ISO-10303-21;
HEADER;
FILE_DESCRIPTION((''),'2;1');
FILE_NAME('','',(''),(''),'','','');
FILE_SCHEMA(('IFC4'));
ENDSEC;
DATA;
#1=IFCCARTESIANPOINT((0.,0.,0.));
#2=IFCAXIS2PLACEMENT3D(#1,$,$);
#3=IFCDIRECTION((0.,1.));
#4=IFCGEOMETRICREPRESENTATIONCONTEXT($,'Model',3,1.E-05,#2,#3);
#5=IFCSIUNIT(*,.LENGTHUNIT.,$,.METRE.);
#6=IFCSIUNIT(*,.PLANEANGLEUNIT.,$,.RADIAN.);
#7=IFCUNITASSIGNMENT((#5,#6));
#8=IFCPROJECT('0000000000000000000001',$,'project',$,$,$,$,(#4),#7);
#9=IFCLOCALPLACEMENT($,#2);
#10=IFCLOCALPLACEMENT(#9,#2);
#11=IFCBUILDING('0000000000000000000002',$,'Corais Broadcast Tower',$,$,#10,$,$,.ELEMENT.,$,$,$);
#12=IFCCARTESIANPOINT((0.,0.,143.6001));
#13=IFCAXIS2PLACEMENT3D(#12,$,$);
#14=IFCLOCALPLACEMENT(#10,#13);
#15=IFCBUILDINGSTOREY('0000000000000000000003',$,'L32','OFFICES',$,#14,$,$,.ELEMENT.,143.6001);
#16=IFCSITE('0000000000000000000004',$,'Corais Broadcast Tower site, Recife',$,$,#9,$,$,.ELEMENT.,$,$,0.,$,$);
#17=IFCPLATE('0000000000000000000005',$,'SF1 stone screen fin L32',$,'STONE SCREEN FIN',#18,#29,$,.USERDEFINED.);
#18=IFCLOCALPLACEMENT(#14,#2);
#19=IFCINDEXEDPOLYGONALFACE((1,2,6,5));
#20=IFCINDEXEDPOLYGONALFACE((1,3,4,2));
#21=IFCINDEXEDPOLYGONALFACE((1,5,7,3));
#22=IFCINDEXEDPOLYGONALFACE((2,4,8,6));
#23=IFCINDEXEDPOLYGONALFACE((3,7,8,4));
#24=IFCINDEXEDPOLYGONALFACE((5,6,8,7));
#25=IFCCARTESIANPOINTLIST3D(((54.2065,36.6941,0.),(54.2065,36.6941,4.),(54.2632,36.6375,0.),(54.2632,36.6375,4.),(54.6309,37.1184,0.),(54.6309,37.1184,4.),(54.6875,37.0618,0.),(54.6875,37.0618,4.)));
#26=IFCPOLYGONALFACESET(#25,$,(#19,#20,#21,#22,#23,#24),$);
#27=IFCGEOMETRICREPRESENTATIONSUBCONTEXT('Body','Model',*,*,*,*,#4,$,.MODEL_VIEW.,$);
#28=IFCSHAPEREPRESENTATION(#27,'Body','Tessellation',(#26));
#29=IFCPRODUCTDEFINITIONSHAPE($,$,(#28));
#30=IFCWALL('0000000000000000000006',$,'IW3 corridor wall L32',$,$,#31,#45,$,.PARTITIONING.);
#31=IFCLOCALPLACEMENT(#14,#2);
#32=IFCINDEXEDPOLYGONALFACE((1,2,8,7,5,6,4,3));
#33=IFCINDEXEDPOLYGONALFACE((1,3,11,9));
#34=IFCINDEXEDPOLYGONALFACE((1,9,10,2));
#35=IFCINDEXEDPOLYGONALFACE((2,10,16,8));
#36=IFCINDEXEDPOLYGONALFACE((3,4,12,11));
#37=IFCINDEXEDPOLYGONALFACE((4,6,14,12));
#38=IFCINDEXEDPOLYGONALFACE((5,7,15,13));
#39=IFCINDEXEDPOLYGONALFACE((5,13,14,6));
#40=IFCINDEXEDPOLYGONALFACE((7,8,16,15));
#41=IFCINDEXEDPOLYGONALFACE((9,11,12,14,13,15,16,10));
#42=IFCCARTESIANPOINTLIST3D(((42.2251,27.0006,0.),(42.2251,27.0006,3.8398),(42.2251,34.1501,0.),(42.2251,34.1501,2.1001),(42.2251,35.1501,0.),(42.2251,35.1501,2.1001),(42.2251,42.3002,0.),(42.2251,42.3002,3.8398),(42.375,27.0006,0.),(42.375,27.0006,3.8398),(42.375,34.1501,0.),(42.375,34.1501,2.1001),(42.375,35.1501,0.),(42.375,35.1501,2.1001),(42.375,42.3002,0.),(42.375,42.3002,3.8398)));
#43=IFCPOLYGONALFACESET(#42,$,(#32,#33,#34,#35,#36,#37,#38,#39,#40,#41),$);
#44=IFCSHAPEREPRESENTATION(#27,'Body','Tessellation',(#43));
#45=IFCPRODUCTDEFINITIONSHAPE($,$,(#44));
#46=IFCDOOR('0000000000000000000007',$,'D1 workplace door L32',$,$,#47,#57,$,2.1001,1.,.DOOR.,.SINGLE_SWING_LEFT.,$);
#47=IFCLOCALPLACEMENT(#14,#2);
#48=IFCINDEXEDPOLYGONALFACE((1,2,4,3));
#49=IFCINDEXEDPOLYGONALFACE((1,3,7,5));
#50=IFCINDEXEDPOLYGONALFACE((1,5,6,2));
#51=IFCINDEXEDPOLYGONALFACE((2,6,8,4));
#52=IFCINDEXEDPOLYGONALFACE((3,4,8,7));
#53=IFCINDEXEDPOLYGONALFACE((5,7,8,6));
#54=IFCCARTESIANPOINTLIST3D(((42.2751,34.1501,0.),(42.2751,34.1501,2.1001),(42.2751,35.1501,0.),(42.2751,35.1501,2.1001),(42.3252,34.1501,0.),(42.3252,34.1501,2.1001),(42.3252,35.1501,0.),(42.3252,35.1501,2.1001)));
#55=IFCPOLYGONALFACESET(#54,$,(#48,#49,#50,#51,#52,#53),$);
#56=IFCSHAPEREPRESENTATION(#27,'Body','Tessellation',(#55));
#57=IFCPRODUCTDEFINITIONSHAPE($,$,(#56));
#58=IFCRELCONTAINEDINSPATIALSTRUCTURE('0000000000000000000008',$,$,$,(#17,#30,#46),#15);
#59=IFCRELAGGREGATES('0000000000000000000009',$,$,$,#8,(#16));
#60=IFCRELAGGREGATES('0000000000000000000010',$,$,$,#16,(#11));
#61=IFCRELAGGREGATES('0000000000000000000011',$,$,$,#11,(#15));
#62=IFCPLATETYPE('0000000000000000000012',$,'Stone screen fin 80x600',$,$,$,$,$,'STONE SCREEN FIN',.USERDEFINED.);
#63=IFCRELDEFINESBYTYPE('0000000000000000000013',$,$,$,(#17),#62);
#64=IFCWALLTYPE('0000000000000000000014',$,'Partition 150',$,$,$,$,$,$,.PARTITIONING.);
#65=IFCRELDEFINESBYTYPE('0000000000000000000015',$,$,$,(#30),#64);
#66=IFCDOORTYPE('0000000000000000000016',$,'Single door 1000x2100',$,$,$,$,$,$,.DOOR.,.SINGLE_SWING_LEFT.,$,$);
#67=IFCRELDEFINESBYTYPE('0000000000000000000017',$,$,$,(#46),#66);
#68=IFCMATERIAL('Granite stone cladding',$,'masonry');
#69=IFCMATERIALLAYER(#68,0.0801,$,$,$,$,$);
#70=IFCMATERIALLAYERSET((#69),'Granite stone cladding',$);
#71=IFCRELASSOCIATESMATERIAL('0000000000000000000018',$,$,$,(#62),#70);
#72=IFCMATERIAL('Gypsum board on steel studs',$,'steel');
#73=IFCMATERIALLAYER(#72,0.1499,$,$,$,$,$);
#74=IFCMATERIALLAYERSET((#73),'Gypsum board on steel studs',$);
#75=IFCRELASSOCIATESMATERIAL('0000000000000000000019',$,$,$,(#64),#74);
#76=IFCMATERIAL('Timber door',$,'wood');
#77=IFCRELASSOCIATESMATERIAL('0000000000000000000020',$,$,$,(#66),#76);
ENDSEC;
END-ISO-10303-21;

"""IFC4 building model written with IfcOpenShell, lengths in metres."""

from ifc_helpers import new_model, si_unit, direction, frame, frame_2d, origin, origin_2d, place, context, subcontext, project, spatial, rectangle, extrude, material, layer, layer_set, type_object, element, fill, save


model = new_model("IFC4")

# Units and contexts
model_context = context("Model", 3, precision=1e-05, world=origin(), true_north=direction((0.0, 1.0)))
body_context = subcontext(model_context, "Body", "Model", "MODEL_VIEW")
ifc_project = project(units=[si_unit("LENGTHUNIT", "METRE"), si_unit("PLANEANGLEUNIT", "RADIAN")], contexts=[model_context])

# Site, building, storey
site_placement = place(None, origin())
site = spatial("IfcSite", under=ifc_project, at=site_placement, Name="Corais Broadcast Tower site, Recife", CompositionType="ELEMENT", RefElevation=0.0)
building_placement = place(site_placement, origin())
building = spatial("IfcBuilding", under=site, at=building_placement, Name="Corais Broadcast Tower", CompositionType="ELEMENT")
storey_placement = place(building_placement, frame((0.0, 0.0, 143.6001)))
storey = spatial("IfcBuildingStorey", under=building, at=storey_placement, Name="L32", Description="OFFICES", CompositionType="ELEMENT", Elevation=143.6001)

# Plate
ifc_material_1 = material(Name="Granite stone cladding", Category="masonry")
ifc_layer_1 = layer(ifc_material_1, 0.0801)
ifc_layer_set_1 = layer_set([ifc_layer_1], Name="Granite stone cladding")
plate_type_1 = type_object("IfcPlateType", Name="Stone screen fin 80x600", ElementType="STONE SCREEN FIN", PredefinedType="USERDEFINED", material=ifc_layer_set_1)
plate_1_placement = place(storey_placement, frame((54.447, 36.8779, 0.0), z_axis=(0.0, 0.0, 1.0), x_axis=(0.707107, -0.707107, 0.0)))
element("IfcPlate", 1, at=plate_1_placement, inside=storey, type_object=plate_type_1, Name="SF1 stone screen fin L32", ObjectType="STONE SCREEN FIN", PredefinedType="USERDEFINED", context=body_context, shape_type="SweptSolid", body=[
    extrude(rectangle(XDim=0.0801, YDim=0.6001, at=origin_2d()), origin(), (0.0, 0.0, 1.0), 4.0),
])

# Wall, opening, door
ifc_material_2 = material(Name="Gypsum board on steel studs", Category="steel")
ifc_layer_2 = layer(ifc_material_2, 0.1499)
ifc_layer_set_2 = layer_set([ifc_layer_2], Name="Gypsum board on steel studs")
wall_type = type_object("IfcWallType", Name="Partition 150", PredefinedType="PARTITIONING", material=ifc_layer_set_2)
wall_placement = place(storey_placement, frame((42.3, 27.0005, 0.0), z_axis=(0.0, 0.0, 1.0), x_axis=(0.0, 1.0, 0.0)))
wall = element("IfcWall", 2, at=wall_placement, inside=storey, type_object=wall_type, Name="IW3 corridor wall L32", PredefinedType="PARTITIONING", context=body_context, shape_type="SweptSolid", body=[
    extrude(rectangle(XDim=15.2996, YDim=0.1499, at=frame_2d((7.6499, 0.0))), origin(), (0.0, 0.0, 1.0), 3.8398),
])
opening_placement = place(wall_placement, frame((7.1497, 0.0, 0.0)))
opening = element("IfcOpeningElement", 3, at=opening_placement, cuts=wall, PredefinedType="OPENING", context=body_context, shape_type="SweptSolid", body=[
    extrude(rectangle(XDim=1.0, YDim=2.1001, at=frame_2d((0.5, 1.05))), frame((0.0, 0.085, 0.0), z_axis=(0.0, -1.0, 0.0), x_axis=(1.0, 0.0, 0.0)), (0.0, 0.0, 1.0), 0.1699),
])
ifc_material_3 = material(Name="Timber door", Category="wood")
door_type = type_object("IfcDoorType", Name="Single door 1000x2100", OperationType="SINGLE_SWING_LEFT", PredefinedType="DOOR", material=ifc_material_3)
door_placement = place(opening_placement, origin())
door = element("IfcDoor", 4, at=door_placement, inside=storey, type_object=door_type, Name="D1 workplace door L32", OperationType="SINGLE_SWING_LEFT", OverallHeight=2.1001, OverallWidth=1.0, PredefinedType="DOOR", context=body_context, shape_type="SweptSolid", body=[
    extrude(rectangle(XDim=1.0, YDim=2.1001, at=frame_2d((0.5, 1.05))), frame((0.0, 0.0249, 0.0), z_axis=(0.0, -1.0, 0.0), x_axis=(1.0, 0.0, 0.0)), (0.0, 0.0, 1.0), 0.05),
])
fill(opening, door)

save(model, "model.ifc")
